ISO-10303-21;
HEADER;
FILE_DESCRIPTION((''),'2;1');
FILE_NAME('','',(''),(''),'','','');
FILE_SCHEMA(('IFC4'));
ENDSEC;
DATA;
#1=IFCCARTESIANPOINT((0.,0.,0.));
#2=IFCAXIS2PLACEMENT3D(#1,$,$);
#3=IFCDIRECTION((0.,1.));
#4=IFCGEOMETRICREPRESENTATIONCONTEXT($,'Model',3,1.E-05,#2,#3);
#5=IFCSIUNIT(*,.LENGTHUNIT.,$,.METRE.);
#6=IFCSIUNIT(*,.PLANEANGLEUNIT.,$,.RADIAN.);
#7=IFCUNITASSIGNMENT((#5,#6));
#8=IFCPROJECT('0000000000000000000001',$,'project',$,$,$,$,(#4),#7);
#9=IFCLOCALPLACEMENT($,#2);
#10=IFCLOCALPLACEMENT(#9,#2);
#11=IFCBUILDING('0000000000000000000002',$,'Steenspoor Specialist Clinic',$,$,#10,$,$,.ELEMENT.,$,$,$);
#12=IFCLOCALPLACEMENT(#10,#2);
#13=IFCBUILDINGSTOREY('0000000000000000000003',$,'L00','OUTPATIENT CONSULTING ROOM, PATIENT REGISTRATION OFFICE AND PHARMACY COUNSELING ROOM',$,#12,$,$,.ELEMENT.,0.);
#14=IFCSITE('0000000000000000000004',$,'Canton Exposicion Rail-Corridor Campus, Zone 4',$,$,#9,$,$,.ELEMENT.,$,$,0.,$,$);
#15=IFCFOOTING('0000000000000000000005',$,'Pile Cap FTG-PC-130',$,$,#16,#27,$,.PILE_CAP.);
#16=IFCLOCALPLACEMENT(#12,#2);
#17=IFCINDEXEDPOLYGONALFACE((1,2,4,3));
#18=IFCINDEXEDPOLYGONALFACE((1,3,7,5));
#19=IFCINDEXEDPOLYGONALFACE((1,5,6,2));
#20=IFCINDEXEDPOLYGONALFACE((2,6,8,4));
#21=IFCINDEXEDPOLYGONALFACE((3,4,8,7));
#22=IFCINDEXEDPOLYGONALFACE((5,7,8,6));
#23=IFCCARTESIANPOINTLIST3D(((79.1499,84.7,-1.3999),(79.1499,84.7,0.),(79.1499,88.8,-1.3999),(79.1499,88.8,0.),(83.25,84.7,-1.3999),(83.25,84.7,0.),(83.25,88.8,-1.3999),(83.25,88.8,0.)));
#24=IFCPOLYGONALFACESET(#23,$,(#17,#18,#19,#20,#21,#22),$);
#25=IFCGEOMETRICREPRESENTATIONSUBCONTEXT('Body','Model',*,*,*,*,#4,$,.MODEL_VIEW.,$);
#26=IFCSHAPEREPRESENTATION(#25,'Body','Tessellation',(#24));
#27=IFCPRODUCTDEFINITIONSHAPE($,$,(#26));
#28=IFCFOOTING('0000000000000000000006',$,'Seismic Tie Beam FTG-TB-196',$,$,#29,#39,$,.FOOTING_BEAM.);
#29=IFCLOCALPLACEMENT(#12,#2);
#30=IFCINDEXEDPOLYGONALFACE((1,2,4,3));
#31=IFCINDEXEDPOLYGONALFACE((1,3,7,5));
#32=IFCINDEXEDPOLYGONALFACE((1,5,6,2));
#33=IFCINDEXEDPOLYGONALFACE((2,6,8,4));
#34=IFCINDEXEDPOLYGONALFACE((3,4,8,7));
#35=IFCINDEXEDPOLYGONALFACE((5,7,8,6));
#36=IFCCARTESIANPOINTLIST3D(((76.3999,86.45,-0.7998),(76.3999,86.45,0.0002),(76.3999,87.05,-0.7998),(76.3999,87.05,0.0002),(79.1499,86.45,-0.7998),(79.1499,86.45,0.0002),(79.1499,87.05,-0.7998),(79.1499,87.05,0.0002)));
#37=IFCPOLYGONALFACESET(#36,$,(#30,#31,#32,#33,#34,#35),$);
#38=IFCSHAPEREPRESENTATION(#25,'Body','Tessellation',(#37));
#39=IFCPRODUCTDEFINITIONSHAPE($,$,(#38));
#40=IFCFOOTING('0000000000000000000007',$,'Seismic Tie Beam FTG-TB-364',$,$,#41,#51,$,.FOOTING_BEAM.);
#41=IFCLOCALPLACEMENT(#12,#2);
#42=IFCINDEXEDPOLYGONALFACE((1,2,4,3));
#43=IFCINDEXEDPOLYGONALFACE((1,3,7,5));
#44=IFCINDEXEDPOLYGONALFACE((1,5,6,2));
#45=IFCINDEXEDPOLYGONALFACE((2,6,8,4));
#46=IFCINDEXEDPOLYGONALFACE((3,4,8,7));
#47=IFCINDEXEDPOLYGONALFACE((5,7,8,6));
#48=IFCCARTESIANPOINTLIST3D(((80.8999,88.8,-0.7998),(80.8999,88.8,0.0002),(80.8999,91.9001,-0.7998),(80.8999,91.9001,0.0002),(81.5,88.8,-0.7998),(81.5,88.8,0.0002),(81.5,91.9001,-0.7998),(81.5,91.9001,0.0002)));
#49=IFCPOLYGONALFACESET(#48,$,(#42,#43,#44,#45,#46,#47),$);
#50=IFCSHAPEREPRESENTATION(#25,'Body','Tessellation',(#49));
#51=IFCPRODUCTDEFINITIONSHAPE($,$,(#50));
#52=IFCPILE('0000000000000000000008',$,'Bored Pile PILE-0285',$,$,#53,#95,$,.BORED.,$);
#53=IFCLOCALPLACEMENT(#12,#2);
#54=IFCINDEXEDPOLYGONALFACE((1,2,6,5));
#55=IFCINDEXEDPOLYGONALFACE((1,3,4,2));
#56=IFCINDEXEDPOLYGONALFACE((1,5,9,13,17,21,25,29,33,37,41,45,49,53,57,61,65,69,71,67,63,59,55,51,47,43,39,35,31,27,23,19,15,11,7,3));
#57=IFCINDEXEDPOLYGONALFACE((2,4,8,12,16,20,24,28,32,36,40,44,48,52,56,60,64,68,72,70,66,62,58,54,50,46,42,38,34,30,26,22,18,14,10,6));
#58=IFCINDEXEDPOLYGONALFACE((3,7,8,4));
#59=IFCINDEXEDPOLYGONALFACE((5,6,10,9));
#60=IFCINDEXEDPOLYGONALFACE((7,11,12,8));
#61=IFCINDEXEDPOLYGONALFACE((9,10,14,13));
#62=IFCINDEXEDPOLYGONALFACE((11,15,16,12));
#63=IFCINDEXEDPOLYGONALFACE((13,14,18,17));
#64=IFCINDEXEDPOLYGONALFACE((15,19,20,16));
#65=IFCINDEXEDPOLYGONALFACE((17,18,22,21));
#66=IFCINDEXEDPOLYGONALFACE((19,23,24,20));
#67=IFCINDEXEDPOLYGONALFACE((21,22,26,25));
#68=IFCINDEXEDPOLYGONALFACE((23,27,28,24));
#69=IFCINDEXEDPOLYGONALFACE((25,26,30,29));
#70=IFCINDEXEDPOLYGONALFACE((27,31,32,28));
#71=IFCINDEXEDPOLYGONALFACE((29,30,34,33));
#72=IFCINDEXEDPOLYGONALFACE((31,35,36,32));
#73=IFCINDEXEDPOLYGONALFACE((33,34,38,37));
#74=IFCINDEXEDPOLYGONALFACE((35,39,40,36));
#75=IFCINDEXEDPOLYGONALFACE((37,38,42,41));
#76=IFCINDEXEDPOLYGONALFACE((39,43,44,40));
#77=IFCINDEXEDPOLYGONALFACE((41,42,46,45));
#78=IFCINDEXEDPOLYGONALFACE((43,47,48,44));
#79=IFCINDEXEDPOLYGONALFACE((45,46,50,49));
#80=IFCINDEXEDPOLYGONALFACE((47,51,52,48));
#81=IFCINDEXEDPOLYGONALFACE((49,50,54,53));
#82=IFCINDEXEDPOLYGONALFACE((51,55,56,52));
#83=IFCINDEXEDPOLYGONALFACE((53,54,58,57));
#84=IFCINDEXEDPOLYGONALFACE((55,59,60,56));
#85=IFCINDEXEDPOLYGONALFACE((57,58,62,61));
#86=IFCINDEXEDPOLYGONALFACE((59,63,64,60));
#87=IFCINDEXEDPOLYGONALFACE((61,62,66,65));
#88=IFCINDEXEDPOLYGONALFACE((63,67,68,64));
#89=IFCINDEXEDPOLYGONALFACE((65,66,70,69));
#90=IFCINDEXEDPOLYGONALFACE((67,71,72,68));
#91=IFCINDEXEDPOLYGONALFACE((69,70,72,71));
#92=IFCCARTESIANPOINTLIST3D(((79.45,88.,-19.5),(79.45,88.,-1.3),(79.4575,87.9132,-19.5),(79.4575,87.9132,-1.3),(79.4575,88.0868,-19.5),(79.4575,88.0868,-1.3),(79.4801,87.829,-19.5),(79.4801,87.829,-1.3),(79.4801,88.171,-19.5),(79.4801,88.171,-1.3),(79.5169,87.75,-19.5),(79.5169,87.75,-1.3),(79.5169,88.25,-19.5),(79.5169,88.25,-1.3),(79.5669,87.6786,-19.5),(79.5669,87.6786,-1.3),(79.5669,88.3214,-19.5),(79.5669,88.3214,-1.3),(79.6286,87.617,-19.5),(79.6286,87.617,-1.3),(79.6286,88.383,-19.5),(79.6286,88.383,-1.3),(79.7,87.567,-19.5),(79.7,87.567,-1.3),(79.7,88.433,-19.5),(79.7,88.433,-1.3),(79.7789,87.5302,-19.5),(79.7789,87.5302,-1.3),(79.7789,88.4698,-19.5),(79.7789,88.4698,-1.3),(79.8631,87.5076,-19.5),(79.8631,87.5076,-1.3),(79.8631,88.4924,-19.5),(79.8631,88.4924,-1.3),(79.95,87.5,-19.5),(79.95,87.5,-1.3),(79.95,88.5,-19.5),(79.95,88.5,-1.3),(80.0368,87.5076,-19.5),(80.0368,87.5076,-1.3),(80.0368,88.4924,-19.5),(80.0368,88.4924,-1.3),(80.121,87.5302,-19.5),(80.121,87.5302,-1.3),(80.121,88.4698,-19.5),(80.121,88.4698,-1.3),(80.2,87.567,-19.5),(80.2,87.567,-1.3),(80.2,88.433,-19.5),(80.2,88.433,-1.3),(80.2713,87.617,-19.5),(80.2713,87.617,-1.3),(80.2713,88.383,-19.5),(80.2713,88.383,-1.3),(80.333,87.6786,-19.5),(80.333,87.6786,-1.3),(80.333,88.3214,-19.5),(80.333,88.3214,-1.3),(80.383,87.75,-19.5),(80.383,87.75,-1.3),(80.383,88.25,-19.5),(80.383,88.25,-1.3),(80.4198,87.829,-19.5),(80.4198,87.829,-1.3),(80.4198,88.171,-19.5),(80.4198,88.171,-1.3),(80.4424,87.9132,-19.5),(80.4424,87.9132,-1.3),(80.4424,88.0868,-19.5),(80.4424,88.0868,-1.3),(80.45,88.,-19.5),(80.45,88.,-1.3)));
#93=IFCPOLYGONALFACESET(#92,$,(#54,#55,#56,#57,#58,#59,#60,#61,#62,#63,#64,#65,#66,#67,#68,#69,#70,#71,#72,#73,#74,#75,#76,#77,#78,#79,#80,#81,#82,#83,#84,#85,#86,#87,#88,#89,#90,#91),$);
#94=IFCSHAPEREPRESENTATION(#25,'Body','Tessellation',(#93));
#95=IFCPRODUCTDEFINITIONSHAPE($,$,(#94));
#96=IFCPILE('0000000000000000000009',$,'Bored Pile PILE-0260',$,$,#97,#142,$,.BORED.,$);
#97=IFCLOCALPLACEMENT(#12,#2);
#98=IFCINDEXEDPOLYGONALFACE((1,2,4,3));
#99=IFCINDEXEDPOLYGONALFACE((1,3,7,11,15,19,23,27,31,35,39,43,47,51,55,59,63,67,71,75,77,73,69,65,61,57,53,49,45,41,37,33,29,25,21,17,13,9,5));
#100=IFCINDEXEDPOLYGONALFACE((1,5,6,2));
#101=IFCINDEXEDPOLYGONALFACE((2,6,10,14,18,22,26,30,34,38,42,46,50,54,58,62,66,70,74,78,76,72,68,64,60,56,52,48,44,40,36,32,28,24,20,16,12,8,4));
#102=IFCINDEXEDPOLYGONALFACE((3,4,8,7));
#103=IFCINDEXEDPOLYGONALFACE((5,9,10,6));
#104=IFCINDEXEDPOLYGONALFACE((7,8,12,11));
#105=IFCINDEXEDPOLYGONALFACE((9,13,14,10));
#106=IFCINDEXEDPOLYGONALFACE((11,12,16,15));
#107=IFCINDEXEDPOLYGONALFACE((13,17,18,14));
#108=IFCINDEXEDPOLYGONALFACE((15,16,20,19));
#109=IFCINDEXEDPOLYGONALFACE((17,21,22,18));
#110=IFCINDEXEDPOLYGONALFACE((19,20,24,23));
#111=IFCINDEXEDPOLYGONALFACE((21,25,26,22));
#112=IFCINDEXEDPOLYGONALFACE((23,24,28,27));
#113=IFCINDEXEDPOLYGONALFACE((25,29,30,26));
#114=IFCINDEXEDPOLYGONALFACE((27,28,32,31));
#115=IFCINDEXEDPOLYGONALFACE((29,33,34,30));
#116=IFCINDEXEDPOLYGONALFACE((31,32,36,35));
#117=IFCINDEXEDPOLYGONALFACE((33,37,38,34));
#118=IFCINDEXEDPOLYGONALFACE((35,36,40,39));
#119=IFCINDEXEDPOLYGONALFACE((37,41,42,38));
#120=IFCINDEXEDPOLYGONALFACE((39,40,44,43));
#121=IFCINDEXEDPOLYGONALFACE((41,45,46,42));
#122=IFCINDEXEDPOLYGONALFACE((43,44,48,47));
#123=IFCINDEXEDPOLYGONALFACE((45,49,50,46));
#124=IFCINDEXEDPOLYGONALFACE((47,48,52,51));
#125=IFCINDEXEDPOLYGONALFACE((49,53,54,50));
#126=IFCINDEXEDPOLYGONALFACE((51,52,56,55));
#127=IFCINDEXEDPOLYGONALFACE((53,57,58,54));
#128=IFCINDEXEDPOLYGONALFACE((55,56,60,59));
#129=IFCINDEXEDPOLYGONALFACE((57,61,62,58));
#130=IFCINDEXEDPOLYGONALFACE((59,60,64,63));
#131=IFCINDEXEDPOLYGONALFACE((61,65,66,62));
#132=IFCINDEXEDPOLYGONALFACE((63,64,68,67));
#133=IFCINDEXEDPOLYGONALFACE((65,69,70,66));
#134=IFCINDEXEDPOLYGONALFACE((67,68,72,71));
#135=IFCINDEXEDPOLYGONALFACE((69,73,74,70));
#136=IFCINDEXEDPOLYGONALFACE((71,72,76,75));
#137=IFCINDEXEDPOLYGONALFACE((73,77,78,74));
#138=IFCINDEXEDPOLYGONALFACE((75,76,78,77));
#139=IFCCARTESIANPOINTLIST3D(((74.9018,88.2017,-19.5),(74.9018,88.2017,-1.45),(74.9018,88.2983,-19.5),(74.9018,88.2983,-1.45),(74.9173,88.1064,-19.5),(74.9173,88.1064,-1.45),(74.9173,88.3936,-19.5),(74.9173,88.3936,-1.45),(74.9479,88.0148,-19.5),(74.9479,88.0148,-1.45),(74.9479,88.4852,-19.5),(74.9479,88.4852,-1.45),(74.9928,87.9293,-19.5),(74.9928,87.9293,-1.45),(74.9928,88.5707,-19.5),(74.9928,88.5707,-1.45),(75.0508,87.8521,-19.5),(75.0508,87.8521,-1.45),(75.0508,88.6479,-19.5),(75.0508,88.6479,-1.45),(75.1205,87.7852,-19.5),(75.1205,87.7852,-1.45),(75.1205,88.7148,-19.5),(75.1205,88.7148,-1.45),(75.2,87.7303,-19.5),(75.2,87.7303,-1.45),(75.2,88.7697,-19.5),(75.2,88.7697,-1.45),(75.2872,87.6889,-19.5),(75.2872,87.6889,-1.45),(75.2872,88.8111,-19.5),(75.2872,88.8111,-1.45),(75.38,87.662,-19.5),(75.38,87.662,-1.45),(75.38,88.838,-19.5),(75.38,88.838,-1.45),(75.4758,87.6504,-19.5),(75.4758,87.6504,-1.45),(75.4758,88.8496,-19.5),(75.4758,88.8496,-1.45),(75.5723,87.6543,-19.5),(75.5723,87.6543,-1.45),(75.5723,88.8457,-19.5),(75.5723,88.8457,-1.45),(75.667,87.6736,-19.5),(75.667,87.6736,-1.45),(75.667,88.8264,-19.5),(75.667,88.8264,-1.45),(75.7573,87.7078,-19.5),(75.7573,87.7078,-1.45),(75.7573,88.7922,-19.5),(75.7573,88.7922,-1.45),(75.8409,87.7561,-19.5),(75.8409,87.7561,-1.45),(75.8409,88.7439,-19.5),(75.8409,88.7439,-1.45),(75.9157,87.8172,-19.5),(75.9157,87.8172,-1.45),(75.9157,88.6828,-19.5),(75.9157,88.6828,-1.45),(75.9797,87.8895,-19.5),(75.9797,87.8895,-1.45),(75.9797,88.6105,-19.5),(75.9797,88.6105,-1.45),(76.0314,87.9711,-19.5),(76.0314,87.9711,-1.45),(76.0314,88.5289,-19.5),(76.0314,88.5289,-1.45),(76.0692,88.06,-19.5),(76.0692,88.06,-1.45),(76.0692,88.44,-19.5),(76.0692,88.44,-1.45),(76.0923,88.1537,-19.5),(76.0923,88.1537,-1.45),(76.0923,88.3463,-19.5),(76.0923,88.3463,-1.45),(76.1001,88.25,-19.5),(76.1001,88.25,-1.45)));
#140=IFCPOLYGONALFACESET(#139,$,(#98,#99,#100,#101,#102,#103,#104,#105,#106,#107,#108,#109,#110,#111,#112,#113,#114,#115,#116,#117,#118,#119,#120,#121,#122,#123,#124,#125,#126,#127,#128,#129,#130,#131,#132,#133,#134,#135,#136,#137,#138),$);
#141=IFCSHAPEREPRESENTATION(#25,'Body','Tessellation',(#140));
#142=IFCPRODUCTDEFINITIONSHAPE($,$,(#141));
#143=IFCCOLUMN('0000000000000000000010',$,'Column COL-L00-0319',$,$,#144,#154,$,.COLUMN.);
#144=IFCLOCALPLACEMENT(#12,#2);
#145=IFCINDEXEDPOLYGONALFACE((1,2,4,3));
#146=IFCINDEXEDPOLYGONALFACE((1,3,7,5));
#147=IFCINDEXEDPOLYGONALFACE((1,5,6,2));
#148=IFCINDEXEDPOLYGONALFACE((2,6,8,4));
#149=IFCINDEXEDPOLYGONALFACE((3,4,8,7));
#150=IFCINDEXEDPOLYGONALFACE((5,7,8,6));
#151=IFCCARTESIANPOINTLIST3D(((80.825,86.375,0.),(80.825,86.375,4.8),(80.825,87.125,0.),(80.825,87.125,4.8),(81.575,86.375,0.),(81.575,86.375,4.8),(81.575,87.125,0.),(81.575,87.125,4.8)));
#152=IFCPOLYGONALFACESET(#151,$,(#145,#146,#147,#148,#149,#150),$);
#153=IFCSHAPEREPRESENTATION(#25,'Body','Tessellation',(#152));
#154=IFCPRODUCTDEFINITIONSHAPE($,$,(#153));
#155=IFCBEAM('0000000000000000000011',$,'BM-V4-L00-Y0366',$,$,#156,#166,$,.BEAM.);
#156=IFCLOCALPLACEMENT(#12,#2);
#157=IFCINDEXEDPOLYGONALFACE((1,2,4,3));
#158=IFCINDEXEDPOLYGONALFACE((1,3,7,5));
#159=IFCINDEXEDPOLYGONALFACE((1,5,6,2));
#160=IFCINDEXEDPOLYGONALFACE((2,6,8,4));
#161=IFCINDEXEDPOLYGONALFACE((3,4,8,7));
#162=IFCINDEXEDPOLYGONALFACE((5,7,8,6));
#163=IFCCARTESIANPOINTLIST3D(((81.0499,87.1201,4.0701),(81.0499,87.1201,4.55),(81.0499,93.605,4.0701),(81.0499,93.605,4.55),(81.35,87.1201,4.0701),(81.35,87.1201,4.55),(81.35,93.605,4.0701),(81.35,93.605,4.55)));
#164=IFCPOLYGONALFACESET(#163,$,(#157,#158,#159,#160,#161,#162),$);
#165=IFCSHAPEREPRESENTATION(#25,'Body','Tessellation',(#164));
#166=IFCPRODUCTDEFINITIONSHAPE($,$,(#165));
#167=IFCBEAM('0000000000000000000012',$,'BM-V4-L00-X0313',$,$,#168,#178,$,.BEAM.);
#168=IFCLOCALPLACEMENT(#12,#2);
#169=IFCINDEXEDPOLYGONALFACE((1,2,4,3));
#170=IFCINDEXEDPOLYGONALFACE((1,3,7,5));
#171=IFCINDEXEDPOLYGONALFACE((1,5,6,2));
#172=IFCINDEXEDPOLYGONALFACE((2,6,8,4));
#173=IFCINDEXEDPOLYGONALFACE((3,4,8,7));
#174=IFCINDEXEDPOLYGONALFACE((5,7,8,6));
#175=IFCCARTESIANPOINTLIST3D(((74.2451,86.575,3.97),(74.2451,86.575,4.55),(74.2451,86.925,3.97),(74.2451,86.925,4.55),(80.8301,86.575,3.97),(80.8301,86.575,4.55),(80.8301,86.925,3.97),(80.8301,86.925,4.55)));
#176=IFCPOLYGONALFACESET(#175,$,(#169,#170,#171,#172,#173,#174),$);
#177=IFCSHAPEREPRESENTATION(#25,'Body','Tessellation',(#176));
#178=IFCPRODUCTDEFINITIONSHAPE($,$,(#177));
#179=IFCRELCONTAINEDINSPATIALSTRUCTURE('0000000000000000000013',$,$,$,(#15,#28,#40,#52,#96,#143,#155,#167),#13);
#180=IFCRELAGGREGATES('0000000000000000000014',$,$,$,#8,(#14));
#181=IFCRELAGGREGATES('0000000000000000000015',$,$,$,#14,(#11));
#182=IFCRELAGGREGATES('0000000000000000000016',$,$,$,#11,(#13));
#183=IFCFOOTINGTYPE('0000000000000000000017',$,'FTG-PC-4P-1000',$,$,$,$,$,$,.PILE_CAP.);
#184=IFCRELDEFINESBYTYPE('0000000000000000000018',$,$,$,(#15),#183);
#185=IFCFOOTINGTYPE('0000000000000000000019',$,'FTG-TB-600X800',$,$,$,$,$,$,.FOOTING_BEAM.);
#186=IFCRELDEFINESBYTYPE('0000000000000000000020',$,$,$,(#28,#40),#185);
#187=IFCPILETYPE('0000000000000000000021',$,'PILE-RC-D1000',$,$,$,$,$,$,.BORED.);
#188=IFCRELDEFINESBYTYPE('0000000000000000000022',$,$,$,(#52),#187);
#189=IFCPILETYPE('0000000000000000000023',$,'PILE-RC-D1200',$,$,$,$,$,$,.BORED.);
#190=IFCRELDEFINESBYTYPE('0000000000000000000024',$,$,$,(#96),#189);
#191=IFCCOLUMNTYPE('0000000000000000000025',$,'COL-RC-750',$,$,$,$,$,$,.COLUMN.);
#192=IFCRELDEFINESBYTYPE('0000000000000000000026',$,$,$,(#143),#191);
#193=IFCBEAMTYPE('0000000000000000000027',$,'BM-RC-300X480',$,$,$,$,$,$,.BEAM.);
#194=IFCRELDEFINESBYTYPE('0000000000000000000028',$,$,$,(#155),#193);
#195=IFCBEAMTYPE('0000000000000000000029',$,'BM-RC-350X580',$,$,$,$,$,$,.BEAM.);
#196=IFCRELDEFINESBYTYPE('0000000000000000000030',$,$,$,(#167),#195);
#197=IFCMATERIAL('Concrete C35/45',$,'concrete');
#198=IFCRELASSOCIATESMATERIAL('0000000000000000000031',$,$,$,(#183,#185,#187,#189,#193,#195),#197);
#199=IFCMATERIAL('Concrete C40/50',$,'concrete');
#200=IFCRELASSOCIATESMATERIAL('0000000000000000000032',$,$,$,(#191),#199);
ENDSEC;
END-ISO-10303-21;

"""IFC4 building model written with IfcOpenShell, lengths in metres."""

from ifc_helpers import new_model, si_unit, direction, frame, origin, origin_2d, place, context, subcontext, project, spatial, rectangle, circle, extrude, material, material_profile, profile_set, type_object, element, save


model = new_model("IFC4")

# Units and contexts
model_context = context("Model", 3, precision=1e-05, world=origin(), true_north=direction((0.0, 1.0)))
body_context = subcontext(model_context, "Body", "Model", "MODEL_VIEW")
ifc_project = project(units=[si_unit("LENGTHUNIT", "METRE"), si_unit("PLANEANGLEUNIT", "RADIAN")], contexts=[model_context])

# Site, building, storey
site_placement = place(None, origin())
site = spatial("IfcSite", under=ifc_project, at=site_placement, Name="Canton Exposicion Rail-Corridor Campus, Zone 4", CompositionType="ELEMENT", RefElevation=0.0)
building_placement = place(site_placement, origin())
building = spatial("IfcBuilding", under=site, at=building_placement, Name="Steenspoor Specialist Clinic", CompositionType="ELEMENT")
storey_placement = place(building_placement, origin())
storey = spatial("IfcBuildingStorey", under=building, at=storey_placement, Name="L00", Description="OUTPATIENT CONSULTING ROOM, PATIENT REGISTRATION OFFICE AND PHARMACY COUNSELING ROOM", CompositionType="ELEMENT", Elevation=0.0)

# Footings
ifc_material_1 = material(Name="Concrete C35/45", Category="concrete")
footing_type_1 = type_object("IfcFootingType", Name="FTG-PC-4P-1000", PredefinedType="PILE_CAP", material=ifc_material_1)
footing_1_placement = place(storey_placement, frame((81.2, 86.75, -1.3999), z_axis=(0.0, 0.0, 1.0), x_axis=(1.0, 0.0, 0.0)))
element("IfcFooting", 1, at=footing_1_placement, inside=storey, type_object=footing_type_1, Name="Pile Cap FTG-PC-130", PredefinedType="PILE_CAP", context=body_context, shape_type="SweptSolid", body=[
    extrude(rectangle(XDim=4.1001, YDim=4.1001, at=origin_2d()), origin(), (0.0, 0.0, 1.0), 1.3999),
])
footing_type_2 = type_object("IfcFootingType", Name="FTG-TB-600X800", PredefinedType="FOOTING_BEAM", material=ifc_material_1)
footing_2_placement = place(storey_placement, frame((77.7749, 86.75, -0.7998), z_axis=(0.0, 0.0, 1.0), x_axis=(1.0, 0.0, 0.0)))
element("IfcFooting", 2, at=footing_2_placement, inside=storey, type_object=footing_type_2, Name="Seismic Tie Beam FTG-TB-196", PredefinedType="FOOTING_BEAM", context=body_context, shape_type="SweptSolid", body=[
    extrude(rectangle(XDim=2.75, YDim=0.6001, at=origin_2d()), origin(), (0.0, 0.0, 1.0), 0.8),
])
footing_3_placement = place(storey_placement, frame((81.2, 90.3501, -0.7998), z_axis=(0.0, 0.0, 1.0), x_axis=(1.0, 0.0, 0.0)))
element("IfcFooting", 3, at=footing_3_placement, inside=storey, type_object=footing_type_2, Name="Seismic Tie Beam FTG-TB-364", PredefinedType="FOOTING_BEAM", context=body_context, shape_type="SweptSolid", body=[
    extrude(rectangle(XDim=0.6001, YDim=3.1001, at=origin_2d()), origin(), (0.0, 0.0, 1.0), 0.8),
])

# Piles
ifc_material_profile_1 = material_profile(ifc_material_1, circle(Radius=0.5, at=origin_2d()), Name="PILE-D1000")
ifc_profile_set_1 = profile_set([ifc_material_profile_1], Name="Concrete C35/45")
pile_type_1 = type_object("IfcPileType", Name="PILE-RC-D1000", PredefinedType="BORED", material=ifc_profile_set_1)
pile_1_placement = place(storey_placement, frame((79.95, 88.0, -1.3), z_axis=(0.0, 0.0, -1.0), x_axis=(1.0, 0.0, 0.0)))
element("IfcPile", 4, at=pile_1_placement, inside=storey, type_object=pile_type_1, Name="Bored Pile PILE-0285", PredefinedType="BORED", context=body_context, shape_type="SweptSolid", body=[
    extrude(circle(Radius=0.5, at=origin_2d()), origin(), (0.0, 0.0, 1.0), 18.2),
])
ifc_material_profile_2 = material_profile(ifc_material_1, circle(Radius=0.6001, at=origin_2d()), Name="PILE-D1200")
ifc_profile_set_2 = profile_set([ifc_material_profile_2], Name="Concrete C35/45")
pile_type_2 = type_object("IfcPileType", Name="PILE-RC-D1200", PredefinedType="BORED", material=ifc_profile_set_2)
pile_2_placement = place(storey_placement, frame((75.5, 88.25, -1.45), z_axis=(0.0, 0.0, -1.0), x_axis=(1.0, 0.0, 0.0)))
element("IfcPile", 5, at=pile_2_placement, inside=storey, type_object=pile_type_2, Name="Bored Pile PILE-0260", PredefinedType="BORED", context=body_context, shape_type="SweptSolid", body=[
    extrude(circle(Radius=0.6001, at=origin_2d()), origin(), (0.0, 0.0, 1.0), 18.05),
])

# Column
ifc_material_2 = material(Name="Concrete C40/50", Category="concrete")
ifc_material_profile_3 = material_profile(ifc_material_2, rectangle(XDim=0.75, YDim=0.75, at=origin_2d()), Name="RC-COL-750X750")
ifc_profile_set_3 = profile_set([ifc_material_profile_3], Name="Concrete C40/50")
column_type = type_object("IfcColumnType", Name="COL-RC-750", PredefinedType="COLUMN", material=ifc_profile_set_3)
column_placement = place(storey_placement, frame((81.2, 86.75, 0.0), z_axis=(0.0, 0.0, 1.0), x_axis=(1.0, 0.0, 0.0)))
element("IfcColumn", 6, at=column_placement, inside=storey, type_object=column_type, Name="Column COL-L00-0319", PredefinedType="COLUMN", context=body_context, shape_type="SweptSolid", body=[
    extrude(rectangle(XDim=0.75, YDim=0.75, at=origin_2d()), origin(), (0.0, 0.0, 1.0), 4.8),
])

# Beams
ifc_material_profile_4 = material_profile(ifc_material_1, rectangle(XDim=0.3, YDim=0.48, at=origin_2d()), Name="RC-BM-300X480")
ifc_profile_set_4 = profile_set([ifc_material_profile_4], Name="Concrete C35/45")
beam_type_1 = type_object("IfcBeamType", Name="BM-RC-300X480", PredefinedType="BEAM", material=ifc_profile_set_4)
beam_1_placement = place(storey_placement, frame((81.2, 87.1201, 4.3101), z_axis=(0.0, 1.0, 0.0), x_axis=(-1.0, 0.0, 0.0)))
element("IfcBeam", 7, at=beam_1_placement, inside=storey, type_object=beam_type_1, Name="BM-V4-L00-Y0366", PredefinedType="BEAM", context=body_context, shape_type="SweptSolid", body=[
    extrude(rectangle(XDim=0.3, YDim=0.48, at=origin_2d()), origin(), (0.0, 0.0, 1.0), 6.4849),
])
ifc_material_profile_5 = material_profile(ifc_material_1, rectangle(XDim=0.3501, YDim=0.5801, at=origin_2d()), Name="RC-BM-350X580")
ifc_profile_set_5 = profile_set([ifc_material_profile_5], Name="Concrete C35/45")
beam_type_2 = type_object("IfcBeamType", Name="BM-RC-350X580", PredefinedType="BEAM", material=ifc_profile_set_5)
beam_2_placement = place(storey_placement, frame((74.2451, 86.75, 4.26), z_axis=(1.0, 0.0, 0.0), x_axis=(0.0, 1.0, 0.0)))
element("IfcBeam", 8, at=beam_2_placement, inside=storey, type_object=beam_type_2, Name="BM-V4-L00-X0313", PredefinedType="BEAM", context=body_context, shape_type="SweptSolid", body=[
    extrude(rectangle(XDim=0.3501, YDim=0.5801, at=origin_2d()), origin(), (0.0, 0.0, 1.0), 6.585),
])

save(model, "model.ifc")
